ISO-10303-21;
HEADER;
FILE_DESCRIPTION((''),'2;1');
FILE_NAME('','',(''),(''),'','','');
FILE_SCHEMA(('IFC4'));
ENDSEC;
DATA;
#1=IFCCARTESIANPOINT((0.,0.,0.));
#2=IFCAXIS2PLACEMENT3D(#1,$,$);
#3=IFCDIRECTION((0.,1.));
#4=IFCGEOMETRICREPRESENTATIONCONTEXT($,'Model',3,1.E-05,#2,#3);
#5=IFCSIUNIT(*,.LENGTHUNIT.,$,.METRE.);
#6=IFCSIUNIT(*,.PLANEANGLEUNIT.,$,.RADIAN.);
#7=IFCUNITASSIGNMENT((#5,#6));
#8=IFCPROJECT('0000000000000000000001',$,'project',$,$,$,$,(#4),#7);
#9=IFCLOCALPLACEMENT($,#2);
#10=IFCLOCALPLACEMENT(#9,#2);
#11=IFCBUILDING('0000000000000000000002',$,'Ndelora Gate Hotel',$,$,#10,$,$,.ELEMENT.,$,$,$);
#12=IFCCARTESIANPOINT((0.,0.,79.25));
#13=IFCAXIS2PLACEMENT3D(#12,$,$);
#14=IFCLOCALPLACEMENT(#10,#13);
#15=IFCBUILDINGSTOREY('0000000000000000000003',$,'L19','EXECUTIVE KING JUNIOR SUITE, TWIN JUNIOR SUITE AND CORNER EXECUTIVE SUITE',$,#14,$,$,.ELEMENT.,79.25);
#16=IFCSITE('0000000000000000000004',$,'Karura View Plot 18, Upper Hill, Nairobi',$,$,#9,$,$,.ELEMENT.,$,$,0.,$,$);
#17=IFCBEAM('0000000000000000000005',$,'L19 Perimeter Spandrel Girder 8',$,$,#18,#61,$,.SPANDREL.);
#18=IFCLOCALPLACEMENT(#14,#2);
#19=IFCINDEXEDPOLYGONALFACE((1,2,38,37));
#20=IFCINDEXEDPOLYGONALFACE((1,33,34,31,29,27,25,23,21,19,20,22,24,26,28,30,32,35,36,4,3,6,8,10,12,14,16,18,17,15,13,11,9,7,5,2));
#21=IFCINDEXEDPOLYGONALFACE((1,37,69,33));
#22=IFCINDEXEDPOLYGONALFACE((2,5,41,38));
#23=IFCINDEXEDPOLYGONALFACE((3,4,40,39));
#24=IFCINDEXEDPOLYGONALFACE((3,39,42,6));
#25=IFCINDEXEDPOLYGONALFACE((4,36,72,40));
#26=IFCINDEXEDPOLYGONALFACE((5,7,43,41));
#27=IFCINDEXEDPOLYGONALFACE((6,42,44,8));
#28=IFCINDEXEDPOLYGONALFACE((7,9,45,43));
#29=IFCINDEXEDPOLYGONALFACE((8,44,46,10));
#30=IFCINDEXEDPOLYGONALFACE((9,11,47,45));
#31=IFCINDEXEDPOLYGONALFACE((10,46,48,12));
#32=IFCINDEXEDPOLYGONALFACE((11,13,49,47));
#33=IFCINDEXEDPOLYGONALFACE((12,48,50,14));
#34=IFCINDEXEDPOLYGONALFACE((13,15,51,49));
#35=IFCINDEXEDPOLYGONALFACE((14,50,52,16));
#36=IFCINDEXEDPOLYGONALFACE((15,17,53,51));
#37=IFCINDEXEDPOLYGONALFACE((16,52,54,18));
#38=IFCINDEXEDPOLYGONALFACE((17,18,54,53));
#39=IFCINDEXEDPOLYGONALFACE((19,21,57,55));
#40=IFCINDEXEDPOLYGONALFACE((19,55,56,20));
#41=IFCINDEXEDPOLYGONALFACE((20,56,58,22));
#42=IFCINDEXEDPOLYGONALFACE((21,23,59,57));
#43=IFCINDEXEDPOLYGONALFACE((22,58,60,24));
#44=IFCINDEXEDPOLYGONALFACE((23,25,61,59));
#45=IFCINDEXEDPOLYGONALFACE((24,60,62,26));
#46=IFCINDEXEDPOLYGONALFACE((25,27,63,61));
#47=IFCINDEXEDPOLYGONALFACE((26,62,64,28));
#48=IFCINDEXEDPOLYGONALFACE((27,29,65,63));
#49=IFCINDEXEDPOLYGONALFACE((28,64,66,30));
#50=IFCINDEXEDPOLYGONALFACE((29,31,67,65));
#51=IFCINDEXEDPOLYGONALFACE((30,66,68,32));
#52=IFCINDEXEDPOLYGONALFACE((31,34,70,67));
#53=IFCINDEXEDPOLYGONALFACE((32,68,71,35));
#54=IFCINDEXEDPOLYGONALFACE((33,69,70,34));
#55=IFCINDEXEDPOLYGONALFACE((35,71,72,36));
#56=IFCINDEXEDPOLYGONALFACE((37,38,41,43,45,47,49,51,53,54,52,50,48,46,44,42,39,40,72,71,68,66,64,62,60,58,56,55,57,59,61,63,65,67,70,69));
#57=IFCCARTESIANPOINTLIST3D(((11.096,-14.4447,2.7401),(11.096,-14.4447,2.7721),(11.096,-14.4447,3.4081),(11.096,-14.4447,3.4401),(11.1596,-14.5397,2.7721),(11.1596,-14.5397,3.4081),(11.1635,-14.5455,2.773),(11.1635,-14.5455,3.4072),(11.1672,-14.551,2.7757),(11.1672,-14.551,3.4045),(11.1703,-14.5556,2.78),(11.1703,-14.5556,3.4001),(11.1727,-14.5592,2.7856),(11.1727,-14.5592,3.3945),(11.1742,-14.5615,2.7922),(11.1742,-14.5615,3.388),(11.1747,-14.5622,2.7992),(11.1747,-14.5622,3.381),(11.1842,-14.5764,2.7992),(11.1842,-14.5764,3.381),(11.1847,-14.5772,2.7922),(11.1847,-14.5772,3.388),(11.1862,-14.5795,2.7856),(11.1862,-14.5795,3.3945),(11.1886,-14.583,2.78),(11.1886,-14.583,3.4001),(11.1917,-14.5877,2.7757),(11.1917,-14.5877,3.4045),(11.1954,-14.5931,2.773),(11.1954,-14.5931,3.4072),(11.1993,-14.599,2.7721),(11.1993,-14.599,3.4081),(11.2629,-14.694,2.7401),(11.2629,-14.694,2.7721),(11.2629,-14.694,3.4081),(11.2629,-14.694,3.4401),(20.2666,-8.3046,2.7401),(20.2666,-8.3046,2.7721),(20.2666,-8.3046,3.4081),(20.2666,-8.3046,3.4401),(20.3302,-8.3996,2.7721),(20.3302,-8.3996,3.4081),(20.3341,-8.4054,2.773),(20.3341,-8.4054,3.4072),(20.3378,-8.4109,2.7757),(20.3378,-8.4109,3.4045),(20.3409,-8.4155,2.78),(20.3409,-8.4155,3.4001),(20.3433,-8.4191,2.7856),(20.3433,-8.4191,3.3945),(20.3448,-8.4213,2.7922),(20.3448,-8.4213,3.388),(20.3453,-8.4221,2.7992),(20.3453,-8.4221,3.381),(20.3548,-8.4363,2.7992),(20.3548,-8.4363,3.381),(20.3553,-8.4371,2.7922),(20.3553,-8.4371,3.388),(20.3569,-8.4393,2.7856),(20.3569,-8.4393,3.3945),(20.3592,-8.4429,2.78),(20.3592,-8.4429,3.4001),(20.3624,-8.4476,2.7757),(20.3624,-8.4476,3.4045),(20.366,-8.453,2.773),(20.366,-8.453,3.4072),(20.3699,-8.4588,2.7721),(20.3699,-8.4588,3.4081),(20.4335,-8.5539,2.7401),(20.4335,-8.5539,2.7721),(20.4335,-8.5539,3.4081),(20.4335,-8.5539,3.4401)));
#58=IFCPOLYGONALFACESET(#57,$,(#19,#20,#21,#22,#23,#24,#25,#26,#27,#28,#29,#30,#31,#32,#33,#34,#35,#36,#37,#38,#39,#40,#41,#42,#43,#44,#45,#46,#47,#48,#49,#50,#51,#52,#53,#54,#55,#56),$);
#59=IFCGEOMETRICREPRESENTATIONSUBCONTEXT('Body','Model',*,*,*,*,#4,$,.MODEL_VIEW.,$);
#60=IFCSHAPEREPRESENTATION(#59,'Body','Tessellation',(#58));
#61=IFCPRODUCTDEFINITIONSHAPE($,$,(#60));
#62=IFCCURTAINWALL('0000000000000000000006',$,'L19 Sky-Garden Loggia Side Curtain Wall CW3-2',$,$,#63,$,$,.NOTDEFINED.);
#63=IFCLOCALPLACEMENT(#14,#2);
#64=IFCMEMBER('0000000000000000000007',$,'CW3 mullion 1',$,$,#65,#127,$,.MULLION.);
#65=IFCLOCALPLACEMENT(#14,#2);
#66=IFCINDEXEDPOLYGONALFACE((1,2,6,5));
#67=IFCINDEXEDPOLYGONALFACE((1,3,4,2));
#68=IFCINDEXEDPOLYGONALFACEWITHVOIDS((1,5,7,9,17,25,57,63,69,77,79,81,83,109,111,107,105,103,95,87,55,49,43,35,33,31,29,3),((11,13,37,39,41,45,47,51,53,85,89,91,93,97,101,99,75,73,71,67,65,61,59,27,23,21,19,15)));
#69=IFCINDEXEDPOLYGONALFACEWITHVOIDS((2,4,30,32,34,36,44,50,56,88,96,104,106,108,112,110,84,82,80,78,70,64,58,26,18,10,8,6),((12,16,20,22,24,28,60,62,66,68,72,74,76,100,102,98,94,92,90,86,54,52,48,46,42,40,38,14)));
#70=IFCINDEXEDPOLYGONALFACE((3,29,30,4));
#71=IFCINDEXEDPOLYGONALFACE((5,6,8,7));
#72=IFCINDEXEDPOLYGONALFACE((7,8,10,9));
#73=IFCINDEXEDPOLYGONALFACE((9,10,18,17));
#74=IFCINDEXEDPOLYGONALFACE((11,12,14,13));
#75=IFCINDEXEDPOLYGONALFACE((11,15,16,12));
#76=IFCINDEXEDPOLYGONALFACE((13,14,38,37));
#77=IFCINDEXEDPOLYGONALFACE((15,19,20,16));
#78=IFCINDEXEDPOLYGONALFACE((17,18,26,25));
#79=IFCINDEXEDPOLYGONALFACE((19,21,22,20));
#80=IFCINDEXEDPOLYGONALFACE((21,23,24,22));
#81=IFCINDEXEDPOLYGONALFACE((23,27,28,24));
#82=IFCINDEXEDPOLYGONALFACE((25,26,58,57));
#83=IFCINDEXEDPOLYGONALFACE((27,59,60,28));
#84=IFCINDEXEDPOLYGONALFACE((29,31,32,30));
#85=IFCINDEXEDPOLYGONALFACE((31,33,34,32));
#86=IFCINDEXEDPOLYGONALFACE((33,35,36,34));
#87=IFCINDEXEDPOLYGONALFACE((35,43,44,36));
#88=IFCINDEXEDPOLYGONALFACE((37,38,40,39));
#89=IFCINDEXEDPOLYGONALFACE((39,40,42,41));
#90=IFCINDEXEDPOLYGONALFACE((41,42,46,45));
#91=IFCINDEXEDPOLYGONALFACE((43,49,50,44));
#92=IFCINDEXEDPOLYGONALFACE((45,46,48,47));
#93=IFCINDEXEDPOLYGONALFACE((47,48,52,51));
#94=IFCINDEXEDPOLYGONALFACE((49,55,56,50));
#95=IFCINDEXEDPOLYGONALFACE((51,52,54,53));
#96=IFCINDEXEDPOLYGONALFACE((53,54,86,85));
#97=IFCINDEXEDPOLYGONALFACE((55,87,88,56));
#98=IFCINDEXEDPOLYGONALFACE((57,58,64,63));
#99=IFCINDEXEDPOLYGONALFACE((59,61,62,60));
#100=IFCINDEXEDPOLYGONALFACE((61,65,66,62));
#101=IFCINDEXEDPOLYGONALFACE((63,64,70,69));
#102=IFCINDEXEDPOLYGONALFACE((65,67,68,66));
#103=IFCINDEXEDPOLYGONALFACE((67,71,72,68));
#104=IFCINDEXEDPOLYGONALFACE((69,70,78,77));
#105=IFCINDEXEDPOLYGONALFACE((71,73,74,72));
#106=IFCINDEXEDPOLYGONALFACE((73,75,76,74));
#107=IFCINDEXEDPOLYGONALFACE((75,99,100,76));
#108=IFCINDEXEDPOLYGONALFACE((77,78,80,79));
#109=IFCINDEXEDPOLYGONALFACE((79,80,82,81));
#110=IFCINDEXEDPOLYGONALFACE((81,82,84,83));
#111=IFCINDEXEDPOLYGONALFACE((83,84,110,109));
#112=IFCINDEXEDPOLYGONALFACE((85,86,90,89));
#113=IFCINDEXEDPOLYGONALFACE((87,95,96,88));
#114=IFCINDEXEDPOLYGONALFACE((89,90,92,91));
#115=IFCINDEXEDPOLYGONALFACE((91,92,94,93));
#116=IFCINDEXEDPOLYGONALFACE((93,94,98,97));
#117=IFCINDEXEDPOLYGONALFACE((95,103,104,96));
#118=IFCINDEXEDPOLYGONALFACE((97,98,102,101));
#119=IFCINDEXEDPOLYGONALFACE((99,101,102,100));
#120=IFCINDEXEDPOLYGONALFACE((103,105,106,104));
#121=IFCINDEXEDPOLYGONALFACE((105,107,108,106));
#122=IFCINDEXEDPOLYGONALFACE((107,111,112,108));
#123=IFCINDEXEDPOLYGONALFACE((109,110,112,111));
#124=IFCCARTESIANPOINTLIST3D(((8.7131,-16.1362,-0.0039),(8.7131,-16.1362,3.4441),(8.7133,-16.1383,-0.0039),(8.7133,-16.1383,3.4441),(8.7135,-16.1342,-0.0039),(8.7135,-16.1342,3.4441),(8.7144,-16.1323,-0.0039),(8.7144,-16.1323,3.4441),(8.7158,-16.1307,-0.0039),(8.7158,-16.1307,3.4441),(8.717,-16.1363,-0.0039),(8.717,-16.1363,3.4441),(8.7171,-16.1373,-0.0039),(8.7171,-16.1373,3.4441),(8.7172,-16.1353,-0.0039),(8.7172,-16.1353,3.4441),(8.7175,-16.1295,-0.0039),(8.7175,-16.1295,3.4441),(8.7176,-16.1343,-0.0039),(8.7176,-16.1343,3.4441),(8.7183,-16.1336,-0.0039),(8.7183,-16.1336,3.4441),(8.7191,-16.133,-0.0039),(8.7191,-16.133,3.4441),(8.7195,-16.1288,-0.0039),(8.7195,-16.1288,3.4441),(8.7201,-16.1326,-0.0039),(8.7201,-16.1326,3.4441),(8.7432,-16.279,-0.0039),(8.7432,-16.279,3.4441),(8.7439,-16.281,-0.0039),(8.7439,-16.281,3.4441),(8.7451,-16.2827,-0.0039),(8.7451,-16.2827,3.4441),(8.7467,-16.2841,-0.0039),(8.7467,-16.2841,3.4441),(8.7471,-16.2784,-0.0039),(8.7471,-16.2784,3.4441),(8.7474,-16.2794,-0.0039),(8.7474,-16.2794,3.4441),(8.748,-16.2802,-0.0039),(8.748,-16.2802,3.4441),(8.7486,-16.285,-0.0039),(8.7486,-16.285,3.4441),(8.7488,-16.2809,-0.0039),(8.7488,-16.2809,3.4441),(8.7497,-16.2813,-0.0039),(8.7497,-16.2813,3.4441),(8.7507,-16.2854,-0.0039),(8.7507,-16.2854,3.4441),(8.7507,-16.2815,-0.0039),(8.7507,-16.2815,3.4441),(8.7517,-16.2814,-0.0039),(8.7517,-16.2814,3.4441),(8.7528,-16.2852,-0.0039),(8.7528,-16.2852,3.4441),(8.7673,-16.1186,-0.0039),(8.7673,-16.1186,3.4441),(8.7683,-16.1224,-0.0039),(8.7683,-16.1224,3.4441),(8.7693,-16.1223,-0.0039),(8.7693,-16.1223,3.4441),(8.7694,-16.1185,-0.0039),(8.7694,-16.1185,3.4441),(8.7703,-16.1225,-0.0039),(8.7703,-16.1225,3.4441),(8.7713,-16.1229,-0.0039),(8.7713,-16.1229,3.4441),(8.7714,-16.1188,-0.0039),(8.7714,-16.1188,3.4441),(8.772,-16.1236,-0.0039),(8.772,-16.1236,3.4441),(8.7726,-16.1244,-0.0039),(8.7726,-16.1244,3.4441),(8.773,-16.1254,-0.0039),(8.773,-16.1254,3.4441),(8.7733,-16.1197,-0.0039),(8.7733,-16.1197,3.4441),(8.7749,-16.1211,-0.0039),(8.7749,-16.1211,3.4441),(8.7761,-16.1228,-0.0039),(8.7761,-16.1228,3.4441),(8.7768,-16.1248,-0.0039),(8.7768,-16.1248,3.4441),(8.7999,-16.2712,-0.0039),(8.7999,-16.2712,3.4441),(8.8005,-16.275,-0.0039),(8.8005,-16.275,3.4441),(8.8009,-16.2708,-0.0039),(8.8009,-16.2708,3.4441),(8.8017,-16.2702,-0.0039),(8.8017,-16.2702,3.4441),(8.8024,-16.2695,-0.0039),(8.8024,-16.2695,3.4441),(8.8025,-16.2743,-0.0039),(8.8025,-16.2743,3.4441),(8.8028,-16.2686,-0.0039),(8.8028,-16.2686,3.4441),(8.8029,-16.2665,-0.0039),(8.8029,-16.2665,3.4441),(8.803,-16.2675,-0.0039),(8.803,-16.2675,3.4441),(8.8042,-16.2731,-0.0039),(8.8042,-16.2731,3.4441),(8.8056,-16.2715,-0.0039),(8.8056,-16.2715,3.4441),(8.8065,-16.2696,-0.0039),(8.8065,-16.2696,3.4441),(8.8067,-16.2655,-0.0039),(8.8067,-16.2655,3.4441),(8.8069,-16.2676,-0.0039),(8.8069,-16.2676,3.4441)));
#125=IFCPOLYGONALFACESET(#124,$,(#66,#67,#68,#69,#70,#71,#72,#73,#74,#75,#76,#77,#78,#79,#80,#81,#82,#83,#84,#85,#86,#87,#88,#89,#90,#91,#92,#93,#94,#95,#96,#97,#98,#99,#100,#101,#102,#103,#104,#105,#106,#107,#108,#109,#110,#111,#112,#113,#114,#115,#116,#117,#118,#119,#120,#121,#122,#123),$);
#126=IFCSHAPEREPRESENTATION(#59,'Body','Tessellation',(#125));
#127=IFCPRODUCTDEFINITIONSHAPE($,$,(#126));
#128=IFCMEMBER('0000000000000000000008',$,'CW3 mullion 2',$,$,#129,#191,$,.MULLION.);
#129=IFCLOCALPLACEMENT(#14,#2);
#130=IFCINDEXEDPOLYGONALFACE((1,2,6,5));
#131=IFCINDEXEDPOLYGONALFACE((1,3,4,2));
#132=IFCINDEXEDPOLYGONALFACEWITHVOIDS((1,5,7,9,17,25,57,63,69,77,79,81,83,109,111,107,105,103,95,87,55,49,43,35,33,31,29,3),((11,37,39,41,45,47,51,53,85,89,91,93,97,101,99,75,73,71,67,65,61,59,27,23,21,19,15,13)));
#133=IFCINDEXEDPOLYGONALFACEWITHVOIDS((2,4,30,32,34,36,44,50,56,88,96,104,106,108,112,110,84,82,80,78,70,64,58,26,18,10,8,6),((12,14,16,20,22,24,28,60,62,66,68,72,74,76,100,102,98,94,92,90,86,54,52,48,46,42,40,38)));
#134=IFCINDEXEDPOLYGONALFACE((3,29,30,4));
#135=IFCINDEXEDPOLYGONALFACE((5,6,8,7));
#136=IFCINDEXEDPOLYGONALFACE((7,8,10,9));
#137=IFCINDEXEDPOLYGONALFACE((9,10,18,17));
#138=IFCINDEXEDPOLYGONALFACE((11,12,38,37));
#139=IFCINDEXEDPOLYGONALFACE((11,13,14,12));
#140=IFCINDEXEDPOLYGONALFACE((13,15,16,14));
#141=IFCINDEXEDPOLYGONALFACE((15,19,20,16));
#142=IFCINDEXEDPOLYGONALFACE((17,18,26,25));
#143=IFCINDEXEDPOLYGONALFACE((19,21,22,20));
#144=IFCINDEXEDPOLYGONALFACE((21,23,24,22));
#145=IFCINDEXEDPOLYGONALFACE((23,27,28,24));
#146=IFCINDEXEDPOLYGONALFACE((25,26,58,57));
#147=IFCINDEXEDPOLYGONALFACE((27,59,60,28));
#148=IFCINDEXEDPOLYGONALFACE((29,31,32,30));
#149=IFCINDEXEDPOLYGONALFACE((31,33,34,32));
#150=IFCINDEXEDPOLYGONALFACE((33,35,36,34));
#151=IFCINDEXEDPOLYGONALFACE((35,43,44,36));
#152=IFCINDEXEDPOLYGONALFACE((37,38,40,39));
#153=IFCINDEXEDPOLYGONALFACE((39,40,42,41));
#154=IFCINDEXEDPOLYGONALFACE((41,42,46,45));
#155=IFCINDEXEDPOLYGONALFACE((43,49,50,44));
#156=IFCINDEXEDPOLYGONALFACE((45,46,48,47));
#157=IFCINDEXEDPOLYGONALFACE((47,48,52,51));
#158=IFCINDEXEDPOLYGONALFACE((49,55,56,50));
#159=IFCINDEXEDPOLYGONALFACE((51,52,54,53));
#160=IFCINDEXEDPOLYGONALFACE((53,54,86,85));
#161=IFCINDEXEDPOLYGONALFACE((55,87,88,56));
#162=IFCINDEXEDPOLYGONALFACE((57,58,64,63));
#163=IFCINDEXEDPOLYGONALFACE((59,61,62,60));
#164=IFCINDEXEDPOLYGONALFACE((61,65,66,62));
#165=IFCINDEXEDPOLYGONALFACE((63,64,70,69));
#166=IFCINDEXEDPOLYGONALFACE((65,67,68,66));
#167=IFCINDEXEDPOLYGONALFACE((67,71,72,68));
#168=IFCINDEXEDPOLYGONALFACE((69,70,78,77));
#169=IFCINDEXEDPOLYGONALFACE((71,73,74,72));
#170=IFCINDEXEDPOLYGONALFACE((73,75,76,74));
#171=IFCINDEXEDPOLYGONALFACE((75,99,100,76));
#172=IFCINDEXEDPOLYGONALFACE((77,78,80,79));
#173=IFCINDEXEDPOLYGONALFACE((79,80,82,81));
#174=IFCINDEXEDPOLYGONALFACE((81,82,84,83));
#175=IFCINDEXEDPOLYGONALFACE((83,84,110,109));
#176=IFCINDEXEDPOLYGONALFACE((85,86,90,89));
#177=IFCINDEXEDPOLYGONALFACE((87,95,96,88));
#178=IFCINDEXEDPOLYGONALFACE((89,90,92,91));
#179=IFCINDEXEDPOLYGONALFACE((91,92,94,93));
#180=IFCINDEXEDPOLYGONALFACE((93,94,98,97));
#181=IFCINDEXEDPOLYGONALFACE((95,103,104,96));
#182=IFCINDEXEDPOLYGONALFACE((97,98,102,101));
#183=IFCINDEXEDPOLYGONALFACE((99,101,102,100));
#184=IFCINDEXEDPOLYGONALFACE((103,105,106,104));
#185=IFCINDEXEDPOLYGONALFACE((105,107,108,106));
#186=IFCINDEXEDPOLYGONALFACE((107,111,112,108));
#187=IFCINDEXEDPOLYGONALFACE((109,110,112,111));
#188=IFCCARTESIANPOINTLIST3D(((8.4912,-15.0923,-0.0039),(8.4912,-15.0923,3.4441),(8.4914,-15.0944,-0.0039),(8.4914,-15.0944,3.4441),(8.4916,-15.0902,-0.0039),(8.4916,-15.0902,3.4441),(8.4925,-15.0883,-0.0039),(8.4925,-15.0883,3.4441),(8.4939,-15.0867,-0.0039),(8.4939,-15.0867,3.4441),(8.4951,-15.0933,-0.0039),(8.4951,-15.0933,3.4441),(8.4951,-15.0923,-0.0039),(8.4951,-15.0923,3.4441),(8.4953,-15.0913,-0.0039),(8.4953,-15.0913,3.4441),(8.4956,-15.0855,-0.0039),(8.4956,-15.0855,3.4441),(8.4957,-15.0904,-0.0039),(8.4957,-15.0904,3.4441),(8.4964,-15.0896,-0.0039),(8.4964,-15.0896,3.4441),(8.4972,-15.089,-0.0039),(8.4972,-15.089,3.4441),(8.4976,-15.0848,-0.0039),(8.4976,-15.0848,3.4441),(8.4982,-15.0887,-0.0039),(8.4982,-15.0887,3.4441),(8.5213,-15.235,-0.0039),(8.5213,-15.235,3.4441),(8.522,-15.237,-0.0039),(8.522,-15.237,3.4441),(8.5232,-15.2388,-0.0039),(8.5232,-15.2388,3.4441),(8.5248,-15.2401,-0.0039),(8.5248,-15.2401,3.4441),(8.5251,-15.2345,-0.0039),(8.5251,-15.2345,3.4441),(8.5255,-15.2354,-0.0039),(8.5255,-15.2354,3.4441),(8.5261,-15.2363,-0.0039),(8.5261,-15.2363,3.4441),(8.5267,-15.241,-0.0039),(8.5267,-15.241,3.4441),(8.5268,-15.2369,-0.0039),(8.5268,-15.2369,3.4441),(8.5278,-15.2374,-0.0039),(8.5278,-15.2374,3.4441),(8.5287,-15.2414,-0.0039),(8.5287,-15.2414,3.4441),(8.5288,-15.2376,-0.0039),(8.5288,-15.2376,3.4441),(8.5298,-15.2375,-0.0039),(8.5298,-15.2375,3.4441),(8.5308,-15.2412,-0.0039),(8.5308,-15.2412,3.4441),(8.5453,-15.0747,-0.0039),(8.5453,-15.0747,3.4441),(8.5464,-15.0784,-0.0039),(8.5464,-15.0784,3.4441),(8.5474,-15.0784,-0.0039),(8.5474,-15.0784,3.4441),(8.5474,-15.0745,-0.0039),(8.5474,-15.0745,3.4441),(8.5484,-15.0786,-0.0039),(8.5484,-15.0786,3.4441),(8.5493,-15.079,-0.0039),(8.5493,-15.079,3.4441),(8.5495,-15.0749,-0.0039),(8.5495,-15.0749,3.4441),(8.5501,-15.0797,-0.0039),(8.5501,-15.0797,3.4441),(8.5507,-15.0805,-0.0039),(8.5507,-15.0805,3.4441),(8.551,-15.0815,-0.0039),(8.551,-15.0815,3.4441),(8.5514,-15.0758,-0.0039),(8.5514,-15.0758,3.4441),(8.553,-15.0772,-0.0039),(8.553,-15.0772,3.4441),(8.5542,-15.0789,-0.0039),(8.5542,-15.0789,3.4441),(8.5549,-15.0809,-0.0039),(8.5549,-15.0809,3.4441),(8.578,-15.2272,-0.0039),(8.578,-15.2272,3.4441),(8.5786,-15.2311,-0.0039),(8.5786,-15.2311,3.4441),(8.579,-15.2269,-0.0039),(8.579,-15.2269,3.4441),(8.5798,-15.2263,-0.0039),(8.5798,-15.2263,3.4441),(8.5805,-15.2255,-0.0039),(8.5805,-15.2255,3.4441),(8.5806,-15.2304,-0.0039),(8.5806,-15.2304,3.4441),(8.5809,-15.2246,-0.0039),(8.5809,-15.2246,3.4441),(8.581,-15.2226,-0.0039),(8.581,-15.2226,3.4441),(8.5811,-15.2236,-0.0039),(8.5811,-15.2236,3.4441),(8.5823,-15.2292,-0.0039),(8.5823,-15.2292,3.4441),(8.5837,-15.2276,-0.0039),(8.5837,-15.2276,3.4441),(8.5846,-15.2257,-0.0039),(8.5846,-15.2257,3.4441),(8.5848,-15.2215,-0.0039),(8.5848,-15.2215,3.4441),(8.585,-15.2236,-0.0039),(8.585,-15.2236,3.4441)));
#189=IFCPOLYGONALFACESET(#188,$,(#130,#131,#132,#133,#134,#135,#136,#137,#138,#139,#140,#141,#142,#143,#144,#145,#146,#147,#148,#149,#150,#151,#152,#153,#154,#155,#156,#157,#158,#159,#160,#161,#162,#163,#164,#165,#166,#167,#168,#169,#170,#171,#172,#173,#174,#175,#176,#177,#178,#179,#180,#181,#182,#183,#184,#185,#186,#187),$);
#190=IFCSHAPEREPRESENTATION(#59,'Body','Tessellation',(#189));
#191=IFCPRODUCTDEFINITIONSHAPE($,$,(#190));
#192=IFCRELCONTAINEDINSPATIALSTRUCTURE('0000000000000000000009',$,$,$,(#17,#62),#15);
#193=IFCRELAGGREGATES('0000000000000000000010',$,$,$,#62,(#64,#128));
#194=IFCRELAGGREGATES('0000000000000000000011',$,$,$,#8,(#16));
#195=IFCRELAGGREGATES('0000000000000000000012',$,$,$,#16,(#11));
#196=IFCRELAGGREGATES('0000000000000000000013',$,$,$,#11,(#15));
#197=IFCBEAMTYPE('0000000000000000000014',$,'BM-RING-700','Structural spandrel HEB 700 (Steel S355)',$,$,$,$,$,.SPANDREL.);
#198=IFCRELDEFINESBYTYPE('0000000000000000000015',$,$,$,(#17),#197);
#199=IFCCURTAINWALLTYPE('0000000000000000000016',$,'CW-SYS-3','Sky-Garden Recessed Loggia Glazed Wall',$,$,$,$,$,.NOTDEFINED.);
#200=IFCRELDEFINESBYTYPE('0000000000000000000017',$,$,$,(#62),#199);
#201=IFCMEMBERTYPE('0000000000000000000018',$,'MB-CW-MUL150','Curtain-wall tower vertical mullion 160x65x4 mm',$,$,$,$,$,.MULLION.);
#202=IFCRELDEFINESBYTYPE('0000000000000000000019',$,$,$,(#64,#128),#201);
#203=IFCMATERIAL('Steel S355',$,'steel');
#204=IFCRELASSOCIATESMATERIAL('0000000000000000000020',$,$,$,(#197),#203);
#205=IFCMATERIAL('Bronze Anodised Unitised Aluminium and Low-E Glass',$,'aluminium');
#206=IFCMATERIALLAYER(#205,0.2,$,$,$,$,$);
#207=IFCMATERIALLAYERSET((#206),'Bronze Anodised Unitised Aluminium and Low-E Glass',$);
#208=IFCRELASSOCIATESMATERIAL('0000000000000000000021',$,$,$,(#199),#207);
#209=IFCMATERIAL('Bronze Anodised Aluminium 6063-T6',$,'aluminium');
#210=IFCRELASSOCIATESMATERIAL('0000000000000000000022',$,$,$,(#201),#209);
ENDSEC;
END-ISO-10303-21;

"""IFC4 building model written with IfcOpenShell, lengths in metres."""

from ifc_helpers import new_model, si_unit, direction, frame, origin, origin_2d, place, context, subcontext, project, spatial, hollow_rectangle, i_section, extrude, material, layer, layer_set, material_profile, profile_set, type_object, element, aggregate, save


model = new_model("IFC4")

# Units and contexts
model_context = context("Model", 3, precision=1e-05, world=origin(), true_north=direction((0.0, 1.0)))
body_context = subcontext(model_context, "Body", "Model", "MODEL_VIEW")
ifc_project = project(units=[si_unit("LENGTHUNIT", "METRE"), si_unit("PLANEANGLEUNIT", "RADIAN")], contexts=[model_context])

# Site, building, storey
site_placement = place(None, origin())
site = spatial("IfcSite", under=ifc_project, at=site_placement, Name="Karura View Plot 18, Upper Hill, Nairobi", CompositionType="ELEMENT", RefElevation=0.0)
building_placement = place(site_placement, origin())
building = spatial("IfcBuilding", under=site, at=building_placement, Name="Ndelora Gate Hotel", CompositionType="ELEMENT")
storey_placement = place(building_placement, frame((0.0, 0.0, 79.25)))
storey = spatial("IfcBuildingStorey", under=building, at=storey_placement, Name="L19", Description="EXECUTIVE KING JUNIOR SUITE, TWIN JUNIOR SUITE AND CORNER EXECUTIVE SUITE", CompositionType="ELEMENT", Elevation=79.25)

# Beam
ifc_material_1 = material(Name="Steel S355", Category="steel")
ifc_material_profile_1 = material_profile(ifc_material_1, i_section(OverallWidth=0.3, OverallDepth=0.7, WebThickness=0.0171, FlangeThickness=0.032, FilletRadius=0.0271, at=origin_2d()), Name="HEB 700")
ifc_profile_set_1 = profile_set([ifc_material_profile_1], Name="Steel S355")
beam_type_1 = type_object("IfcBeamType", Name="BM-RING-700", Description="Structural spandrel HEB 700 (Steel S355)", PredefinedType="SPANDREL", material=ifc_profile_set_1)
beam_1_placement = place(storey_placement, frame((11.1794, -14.5693, 3.0901), z_axis=(0.830946, 0.556353, 0.0), x_axis=(-0.556353, 0.830946, 0.0)))
element("IfcBeam", 1, at=beam_1_placement, inside=storey, type_object=beam_type_1, Name="L19 Perimeter Spandrel Girder 8", PredefinedType="SPANDREL", context=body_context, shape_type="SweptSolid", body=[
    extrude(i_section(OverallWidth=0.3, OverallDepth=0.7, WebThickness=0.0171, FlangeThickness=0.032, FilletRadius=0.0271, at=origin_2d()), origin(), (0.0, 0.0, 1.0), 11.0364),
])

# Curtain wall, members
ifc_material_2 = material(Name="Bronze Anodised Unitised Aluminium and Low-E Glass", Category="aluminium")
ifc_layer_1 = layer(ifc_material_2, 0.2)
ifc_layer_set_1 = layer_set([ifc_layer_1], Name="Bronze Anodised Unitised Aluminium and Low-E Glass")
curtain_wall_type = type_object("IfcCurtainWallType", Name="CW-SYS-3", Description="Sky-Garden Recessed Loggia Glazed Wall", PredefinedType="NOTDEFINED", material=ifc_layer_set_1)
curtain_wall_placement = place(storey_placement, origin())
curtain_wall = element("IfcCurtainWall", 2, at=curtain_wall_placement, inside=storey, type_object=curtain_wall_type, Name="L19 Sky-Garden Loggia Side Curtain Wall CW3-2", PredefinedType="NOTDEFINED")
ifc_material_3 = material(Name="Bronze Anodised Aluminium 6063-T6", Category="aluminium")
ifc_material_profile_2 = material_profile(ifc_material_3, hollow_rectangle(XDim=0.0649, YDim=0.1599, WallThickness=0.0039, InnerFilletRadius=0.0039, OuterFilletRadius=0.0081, at=origin_2d()), Name="ALU 160x65x4")
ifc_profile_set_2 = profile_set([ifc_material_profile_2], Name="Bronze Anodised Aluminium 6063-T6")
member_type_1 = type_object("IfcMemberType", Name="MB-CW-MUL150", Description="Curtain-wall tower vertical mullion 160x65x4 mm", PredefinedType="MULLION", material=ifc_profile_set_2)
member_1_placement = place(storey_placement, frame((8.76, -16.2019, -0.0039), z_axis=(0.0, 0.0, 1.0), x_axis=(-0.978148, -0.207911, 0.0)))
member_1 = element("IfcMember", 3, at=member_1_placement, type_object=member_type_1, Name="CW3 mullion 1", PredefinedType="MULLION", context=body_context, shape_type="SweptSolid", body=[
    extrude(hollow_rectangle(XDim=0.0649, YDim=0.1599, WallThickness=0.0039, InnerFilletRadius=0.0039, OuterFilletRadius=0.0081, at=origin_2d()), origin(), (0.0, 0.0, 1.0), 3.448),
])
member_2_placement = place(storey_placement, frame((8.5381, -15.158, -0.0039), z_axis=(0.0, 0.0, 1.0), x_axis=(-0.978148, -0.207911, 0.0)))
member_2 = element("IfcMember", 4, at=member_2_placement, type_object=member_type_1, Name="CW3 mullion 2", PredefinedType="MULLION", context=body_context, shape_type="SweptSolid", body=[
    extrude(hollow_rectangle(XDim=0.0649, YDim=0.1599, WallThickness=0.0039, InnerFilletRadius=0.0039, OuterFilletRadius=0.0081, at=origin_2d()), origin(), (0.0, 0.0, 1.0), 3.448),
])
aggregate(curtain_wall, [member_1, member_2])

save(model, "model.ifc")
